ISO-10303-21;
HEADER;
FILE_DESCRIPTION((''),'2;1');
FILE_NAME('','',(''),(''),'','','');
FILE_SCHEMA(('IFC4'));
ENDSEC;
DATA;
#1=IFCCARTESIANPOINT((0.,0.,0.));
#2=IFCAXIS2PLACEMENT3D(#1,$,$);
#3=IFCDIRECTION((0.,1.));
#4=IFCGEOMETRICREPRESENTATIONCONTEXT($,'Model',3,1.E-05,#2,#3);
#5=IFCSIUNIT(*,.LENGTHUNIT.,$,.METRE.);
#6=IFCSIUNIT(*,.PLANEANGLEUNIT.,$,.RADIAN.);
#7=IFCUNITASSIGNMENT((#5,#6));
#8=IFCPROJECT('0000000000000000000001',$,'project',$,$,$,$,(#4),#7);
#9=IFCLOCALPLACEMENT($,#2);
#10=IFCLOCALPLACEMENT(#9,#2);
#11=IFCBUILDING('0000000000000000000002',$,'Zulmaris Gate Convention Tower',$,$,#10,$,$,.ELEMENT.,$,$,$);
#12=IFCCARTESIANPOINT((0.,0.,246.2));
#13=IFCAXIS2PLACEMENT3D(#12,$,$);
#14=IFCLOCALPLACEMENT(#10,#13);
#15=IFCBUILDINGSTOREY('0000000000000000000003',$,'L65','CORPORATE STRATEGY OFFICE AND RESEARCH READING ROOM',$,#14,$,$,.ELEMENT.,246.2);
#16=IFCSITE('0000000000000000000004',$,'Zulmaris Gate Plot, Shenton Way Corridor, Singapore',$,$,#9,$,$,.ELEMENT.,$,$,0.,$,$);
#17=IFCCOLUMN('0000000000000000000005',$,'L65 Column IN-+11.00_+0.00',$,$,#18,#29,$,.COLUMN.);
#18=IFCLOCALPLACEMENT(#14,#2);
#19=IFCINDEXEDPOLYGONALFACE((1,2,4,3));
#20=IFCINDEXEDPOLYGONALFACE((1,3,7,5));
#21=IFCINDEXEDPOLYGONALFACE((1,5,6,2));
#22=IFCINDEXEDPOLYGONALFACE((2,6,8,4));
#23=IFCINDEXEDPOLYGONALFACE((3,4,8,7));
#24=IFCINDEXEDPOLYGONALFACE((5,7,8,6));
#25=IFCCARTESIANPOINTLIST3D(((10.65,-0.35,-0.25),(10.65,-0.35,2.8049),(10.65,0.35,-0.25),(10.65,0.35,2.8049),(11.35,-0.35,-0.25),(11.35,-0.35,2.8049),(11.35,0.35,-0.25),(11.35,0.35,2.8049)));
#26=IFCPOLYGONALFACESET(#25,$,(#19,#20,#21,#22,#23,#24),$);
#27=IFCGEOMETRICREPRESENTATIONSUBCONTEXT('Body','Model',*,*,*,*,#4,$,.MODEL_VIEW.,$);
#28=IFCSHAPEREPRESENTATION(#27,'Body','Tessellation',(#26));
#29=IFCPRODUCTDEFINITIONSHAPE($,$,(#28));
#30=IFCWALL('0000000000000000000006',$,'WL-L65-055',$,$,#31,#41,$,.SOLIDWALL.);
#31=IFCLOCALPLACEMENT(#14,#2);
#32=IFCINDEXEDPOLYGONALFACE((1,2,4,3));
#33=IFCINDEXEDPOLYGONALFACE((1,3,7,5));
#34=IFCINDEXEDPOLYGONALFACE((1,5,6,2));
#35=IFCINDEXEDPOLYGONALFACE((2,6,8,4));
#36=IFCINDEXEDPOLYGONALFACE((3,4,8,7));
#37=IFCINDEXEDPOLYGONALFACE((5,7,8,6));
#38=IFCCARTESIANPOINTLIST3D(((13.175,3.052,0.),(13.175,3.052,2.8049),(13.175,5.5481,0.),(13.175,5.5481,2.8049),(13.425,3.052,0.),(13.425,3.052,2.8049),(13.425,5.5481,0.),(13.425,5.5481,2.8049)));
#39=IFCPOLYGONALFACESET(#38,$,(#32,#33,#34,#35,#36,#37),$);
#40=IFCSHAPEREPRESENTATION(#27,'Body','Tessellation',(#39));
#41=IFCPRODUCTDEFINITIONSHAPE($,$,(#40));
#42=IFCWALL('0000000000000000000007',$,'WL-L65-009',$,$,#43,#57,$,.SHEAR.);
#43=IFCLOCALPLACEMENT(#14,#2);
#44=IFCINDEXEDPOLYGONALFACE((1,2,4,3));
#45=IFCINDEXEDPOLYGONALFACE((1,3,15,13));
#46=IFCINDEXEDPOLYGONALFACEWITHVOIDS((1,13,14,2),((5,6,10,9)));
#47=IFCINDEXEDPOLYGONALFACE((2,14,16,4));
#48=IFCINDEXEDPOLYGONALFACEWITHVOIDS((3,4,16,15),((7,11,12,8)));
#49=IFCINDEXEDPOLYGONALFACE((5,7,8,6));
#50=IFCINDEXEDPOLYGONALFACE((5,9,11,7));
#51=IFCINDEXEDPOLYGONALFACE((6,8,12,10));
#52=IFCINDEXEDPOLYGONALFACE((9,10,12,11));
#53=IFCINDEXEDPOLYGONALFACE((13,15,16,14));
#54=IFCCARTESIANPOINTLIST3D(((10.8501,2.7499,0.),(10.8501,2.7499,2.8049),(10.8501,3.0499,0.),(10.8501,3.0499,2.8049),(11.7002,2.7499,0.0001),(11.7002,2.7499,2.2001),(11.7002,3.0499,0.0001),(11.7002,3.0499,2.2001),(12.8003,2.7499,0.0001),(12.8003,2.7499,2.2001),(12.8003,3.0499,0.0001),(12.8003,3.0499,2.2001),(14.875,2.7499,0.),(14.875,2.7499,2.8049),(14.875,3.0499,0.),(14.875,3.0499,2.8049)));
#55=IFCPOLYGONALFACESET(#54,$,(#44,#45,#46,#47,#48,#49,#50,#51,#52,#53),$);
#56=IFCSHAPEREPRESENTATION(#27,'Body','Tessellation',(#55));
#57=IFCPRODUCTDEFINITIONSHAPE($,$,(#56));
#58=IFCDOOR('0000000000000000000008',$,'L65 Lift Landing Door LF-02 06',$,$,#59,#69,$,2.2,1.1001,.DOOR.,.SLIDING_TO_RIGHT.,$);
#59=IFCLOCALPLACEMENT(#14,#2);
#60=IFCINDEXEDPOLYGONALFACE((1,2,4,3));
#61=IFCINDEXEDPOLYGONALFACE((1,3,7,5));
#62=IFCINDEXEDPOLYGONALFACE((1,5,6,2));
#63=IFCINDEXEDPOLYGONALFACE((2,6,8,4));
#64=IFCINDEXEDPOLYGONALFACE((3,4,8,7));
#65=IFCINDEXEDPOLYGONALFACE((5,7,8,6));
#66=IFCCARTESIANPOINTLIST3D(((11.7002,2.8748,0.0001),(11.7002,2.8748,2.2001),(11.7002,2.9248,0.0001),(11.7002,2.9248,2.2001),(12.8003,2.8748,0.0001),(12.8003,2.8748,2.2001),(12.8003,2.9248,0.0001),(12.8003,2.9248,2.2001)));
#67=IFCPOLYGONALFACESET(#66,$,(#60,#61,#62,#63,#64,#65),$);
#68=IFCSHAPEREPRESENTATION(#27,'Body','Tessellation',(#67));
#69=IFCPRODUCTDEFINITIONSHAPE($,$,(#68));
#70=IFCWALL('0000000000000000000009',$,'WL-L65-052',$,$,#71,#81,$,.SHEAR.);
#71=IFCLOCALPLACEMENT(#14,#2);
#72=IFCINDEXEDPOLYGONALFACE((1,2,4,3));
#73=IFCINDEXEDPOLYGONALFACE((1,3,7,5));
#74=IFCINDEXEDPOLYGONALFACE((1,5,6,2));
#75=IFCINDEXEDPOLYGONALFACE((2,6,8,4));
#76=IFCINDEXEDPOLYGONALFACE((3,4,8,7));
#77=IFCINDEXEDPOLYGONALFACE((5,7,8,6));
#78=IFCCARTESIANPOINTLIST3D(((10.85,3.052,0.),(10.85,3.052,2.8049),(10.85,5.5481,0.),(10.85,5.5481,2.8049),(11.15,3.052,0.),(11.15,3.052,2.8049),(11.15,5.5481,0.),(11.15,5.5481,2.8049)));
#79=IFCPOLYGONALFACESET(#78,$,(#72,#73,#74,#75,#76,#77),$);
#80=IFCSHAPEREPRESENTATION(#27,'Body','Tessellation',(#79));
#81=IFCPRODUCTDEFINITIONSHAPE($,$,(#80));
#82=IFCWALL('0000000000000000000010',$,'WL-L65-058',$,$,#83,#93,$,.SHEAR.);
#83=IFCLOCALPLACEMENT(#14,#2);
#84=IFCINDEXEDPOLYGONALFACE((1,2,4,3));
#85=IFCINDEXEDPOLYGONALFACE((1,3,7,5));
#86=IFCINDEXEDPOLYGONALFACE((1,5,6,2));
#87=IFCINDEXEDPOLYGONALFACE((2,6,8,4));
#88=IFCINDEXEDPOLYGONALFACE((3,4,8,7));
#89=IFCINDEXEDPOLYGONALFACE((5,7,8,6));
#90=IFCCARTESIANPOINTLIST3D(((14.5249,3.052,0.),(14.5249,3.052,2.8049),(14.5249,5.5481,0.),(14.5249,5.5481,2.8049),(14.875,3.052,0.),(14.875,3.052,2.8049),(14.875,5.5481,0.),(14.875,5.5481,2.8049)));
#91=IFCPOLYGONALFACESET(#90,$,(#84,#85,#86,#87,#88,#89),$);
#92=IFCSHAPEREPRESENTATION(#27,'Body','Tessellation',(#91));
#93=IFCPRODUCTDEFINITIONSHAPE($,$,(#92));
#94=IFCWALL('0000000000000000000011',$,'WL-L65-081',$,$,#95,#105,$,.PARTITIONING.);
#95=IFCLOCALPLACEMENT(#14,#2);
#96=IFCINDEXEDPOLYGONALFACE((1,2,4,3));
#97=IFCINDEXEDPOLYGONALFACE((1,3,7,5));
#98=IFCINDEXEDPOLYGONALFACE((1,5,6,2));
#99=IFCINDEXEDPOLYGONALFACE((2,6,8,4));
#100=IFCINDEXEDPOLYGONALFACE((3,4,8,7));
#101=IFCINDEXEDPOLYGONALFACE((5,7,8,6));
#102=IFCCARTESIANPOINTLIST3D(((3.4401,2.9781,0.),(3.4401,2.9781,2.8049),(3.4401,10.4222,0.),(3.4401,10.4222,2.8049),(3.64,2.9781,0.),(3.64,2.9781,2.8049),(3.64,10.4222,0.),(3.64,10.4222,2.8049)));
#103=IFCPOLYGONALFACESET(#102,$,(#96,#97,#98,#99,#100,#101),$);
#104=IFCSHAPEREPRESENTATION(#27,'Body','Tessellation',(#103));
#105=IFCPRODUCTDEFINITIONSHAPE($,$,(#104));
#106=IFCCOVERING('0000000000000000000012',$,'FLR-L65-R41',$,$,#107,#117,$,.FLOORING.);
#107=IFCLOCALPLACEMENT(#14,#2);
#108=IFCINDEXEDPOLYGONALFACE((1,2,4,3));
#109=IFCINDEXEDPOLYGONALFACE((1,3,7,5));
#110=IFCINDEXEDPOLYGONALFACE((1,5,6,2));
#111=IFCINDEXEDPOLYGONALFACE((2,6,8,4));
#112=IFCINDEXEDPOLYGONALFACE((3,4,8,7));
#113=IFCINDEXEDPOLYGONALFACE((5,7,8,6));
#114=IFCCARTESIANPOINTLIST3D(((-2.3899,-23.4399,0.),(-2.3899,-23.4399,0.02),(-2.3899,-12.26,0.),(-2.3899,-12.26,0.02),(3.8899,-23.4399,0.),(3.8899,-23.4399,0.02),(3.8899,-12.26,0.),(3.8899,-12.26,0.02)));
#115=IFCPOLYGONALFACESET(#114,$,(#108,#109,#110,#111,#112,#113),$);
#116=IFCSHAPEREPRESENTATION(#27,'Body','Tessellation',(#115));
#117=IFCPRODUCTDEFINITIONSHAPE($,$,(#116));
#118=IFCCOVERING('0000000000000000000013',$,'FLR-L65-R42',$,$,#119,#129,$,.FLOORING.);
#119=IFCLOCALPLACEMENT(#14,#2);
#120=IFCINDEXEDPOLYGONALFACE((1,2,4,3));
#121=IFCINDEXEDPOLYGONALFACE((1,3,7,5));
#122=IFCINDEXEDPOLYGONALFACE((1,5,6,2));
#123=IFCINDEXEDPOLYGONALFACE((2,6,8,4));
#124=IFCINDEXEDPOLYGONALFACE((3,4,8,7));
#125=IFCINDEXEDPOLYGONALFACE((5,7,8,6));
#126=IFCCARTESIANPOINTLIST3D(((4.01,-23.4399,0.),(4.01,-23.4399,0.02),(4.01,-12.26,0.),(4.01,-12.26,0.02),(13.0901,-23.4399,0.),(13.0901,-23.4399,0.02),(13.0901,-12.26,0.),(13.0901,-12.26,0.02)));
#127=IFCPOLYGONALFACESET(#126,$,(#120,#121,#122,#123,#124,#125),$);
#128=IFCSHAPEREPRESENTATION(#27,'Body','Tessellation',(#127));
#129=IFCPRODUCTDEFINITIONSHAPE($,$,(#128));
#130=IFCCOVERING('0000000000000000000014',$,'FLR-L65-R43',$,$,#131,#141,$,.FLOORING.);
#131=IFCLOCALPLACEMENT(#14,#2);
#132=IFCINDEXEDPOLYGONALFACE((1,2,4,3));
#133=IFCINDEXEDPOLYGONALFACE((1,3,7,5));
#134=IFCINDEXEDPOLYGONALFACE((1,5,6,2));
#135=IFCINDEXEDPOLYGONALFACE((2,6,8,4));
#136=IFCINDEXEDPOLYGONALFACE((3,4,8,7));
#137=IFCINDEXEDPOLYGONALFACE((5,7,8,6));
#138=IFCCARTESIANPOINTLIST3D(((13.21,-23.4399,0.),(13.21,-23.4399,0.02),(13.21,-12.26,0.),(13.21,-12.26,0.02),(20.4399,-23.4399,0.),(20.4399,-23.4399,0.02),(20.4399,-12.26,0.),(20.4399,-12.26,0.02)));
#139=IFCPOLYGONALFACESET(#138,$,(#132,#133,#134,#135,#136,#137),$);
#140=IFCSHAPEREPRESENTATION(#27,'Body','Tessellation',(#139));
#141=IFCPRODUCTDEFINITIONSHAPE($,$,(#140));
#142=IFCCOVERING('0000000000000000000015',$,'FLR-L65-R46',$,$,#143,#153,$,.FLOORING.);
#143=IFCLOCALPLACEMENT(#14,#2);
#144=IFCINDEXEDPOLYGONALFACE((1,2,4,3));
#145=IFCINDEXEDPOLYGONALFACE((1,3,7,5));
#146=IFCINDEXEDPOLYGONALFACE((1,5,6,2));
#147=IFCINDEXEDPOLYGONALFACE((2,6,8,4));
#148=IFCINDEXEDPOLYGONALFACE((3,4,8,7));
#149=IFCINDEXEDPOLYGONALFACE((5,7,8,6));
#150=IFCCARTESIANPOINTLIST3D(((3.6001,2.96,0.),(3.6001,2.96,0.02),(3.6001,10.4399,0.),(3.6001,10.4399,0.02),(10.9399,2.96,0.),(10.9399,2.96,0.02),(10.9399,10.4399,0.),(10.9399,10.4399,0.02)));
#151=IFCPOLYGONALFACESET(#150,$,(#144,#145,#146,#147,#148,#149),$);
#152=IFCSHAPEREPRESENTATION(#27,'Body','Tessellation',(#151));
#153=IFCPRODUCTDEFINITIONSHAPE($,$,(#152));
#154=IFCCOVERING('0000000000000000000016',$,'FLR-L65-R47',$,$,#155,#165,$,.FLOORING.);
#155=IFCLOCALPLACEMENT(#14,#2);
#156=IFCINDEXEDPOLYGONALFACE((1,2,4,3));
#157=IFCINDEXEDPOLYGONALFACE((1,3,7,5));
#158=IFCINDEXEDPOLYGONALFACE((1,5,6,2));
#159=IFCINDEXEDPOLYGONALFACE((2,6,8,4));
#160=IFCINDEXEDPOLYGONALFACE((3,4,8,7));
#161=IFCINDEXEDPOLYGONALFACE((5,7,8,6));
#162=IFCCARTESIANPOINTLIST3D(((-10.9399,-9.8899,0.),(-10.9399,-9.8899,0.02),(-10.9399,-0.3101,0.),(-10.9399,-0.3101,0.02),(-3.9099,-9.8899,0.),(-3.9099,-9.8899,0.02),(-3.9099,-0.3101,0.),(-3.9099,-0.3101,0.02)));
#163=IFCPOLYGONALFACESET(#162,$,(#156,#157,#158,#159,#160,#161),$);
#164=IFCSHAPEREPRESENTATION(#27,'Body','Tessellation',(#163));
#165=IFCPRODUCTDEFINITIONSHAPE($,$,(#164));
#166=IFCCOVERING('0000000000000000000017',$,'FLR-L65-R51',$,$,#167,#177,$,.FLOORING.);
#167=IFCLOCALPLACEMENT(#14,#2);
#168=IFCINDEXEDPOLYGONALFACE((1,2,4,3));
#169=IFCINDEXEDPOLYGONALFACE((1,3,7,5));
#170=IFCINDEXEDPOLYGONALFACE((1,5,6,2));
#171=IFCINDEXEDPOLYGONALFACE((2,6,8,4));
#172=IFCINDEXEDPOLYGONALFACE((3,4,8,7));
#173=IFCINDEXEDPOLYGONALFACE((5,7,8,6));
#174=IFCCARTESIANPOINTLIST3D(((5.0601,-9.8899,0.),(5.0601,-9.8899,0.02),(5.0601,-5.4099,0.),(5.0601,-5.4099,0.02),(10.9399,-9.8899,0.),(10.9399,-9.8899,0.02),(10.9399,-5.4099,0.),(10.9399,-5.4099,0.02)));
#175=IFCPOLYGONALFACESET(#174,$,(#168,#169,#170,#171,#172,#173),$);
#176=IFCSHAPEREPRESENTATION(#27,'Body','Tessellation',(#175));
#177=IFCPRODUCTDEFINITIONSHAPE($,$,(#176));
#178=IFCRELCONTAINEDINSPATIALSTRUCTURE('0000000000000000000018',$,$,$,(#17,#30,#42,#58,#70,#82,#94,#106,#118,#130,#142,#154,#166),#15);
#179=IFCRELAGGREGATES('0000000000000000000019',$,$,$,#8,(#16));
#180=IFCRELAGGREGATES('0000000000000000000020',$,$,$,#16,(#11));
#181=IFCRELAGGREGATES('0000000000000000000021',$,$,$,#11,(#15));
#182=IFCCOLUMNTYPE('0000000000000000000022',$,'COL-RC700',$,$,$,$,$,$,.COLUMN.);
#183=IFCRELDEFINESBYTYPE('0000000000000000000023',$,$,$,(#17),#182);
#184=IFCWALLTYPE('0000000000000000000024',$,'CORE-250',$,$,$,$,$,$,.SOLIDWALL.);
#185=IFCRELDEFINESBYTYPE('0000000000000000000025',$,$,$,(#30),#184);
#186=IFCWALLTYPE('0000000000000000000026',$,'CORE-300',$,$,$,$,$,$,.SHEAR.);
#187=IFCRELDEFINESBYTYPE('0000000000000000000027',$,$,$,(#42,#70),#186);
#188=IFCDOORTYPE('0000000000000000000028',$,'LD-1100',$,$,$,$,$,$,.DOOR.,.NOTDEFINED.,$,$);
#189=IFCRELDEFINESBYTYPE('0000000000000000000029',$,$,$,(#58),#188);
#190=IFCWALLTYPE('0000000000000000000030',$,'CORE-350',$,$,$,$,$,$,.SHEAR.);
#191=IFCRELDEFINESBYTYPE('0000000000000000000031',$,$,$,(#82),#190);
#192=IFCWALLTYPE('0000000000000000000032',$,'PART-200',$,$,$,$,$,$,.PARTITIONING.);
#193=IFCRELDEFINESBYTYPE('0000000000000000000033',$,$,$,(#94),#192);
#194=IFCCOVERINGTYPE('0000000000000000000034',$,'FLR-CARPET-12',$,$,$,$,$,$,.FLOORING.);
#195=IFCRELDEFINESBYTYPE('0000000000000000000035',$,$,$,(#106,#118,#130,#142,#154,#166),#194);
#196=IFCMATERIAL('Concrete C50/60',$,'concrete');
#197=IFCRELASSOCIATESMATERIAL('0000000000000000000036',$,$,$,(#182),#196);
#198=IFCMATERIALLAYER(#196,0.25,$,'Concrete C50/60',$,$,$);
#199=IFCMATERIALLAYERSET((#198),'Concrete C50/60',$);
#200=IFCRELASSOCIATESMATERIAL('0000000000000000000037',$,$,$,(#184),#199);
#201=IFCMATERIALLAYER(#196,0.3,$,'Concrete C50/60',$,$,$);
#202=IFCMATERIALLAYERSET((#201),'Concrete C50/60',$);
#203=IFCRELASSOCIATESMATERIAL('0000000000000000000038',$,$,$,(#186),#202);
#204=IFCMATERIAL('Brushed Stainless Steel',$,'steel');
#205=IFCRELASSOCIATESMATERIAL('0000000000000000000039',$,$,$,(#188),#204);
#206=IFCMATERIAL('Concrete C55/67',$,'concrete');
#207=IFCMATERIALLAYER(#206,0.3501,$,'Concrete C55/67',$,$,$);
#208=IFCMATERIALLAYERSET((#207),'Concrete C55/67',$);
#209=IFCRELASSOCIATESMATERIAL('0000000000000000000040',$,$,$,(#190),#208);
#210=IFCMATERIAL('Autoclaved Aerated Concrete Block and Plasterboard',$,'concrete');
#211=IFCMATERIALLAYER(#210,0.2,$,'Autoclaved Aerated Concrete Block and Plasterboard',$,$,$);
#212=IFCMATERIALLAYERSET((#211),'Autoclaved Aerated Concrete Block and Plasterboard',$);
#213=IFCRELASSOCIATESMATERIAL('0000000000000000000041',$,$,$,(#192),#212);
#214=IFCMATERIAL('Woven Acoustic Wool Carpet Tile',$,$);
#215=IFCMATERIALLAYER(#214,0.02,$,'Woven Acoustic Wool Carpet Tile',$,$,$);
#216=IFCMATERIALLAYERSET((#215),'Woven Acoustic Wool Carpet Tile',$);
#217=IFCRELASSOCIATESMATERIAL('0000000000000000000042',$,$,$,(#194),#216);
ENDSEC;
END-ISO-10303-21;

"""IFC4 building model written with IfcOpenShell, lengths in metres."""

from ifc_helpers import new_model, si_unit, direction, frame, frame_2d, origin, origin_2d, place, context, subcontext, project, spatial, polyline, rectangle, outline, extrude, material, layer, layer_set, material_profile, profile_set, type_object, element, fill, save


model = new_model("IFC4")

# Units and contexts
model_context = context("Model", 3, precision=1e-05, world=origin(), true_north=direction((0.0, 1.0)))
body_context = subcontext(model_context, "Body", "Model", "MODEL_VIEW")
ifc_project = project(units=[si_unit("LENGTHUNIT", "METRE"), si_unit("PLANEANGLEUNIT", "RADIAN")], contexts=[model_context])

# Site, building, storey
site_placement = place(None, origin())
site = spatial("IfcSite", under=ifc_project, at=site_placement, Name="Zulmaris Gate Plot, Shenton Way Corridor, Singapore", CompositionType="ELEMENT", RefElevation=0.0)
building_placement = place(site_placement, origin())
building = spatial("IfcBuilding", under=site, at=building_placement, Name="Zulmaris Gate Convention Tower", CompositionType="ELEMENT")
storey_placement = place(building_placement, frame((0.0, 0.0, 246.2)))
storey = spatial("IfcBuildingStorey", under=building, at=storey_placement, Name="L65", Description="CORPORATE STRATEGY OFFICE AND RESEARCH READING ROOM", CompositionType="ELEMENT", Elevation=246.2)

# Column
ifc_material_1 = material(Name="Concrete C50/60", Category="concrete")
ifc_material_profile = material_profile(ifc_material_1, rectangle(XDim=0.7, YDim=0.7, at=origin_2d()), Name="RC COL 700x700")
ifc_profile_set = profile_set([ifc_material_profile], Name="Concrete C50/60")
column_type = type_object("IfcColumnType", Name="COL-RC700", PredefinedType="COLUMN", material=ifc_profile_set)
column_placement = place(storey_placement, frame((11.0, 0.0, -0.25), z_axis=(0.0, 0.0, 1.0), x_axis=(1.0, 0.0, 0.0)))
element("IfcColumn", 1, at=column_placement, inside=storey, type_object=column_type, Name="L65 Column IN-+11.00_+0.00", PredefinedType="COLUMN", context=body_context, shape_type="SweptSolid", body=[
    extrude(rectangle(XDim=0.7, YDim=0.7, at=origin_2d()), origin(), (0.0, 0.0, 1.0), 3.0549),
])

# Wall
ifc_layer_1 = layer(ifc_material_1, 0.25, Name="Concrete C50/60")
ifc_layer_set_1 = layer_set([ifc_layer_1], Name="Concrete C50/60")
wall_type_1 = type_object("IfcWallType", Name="CORE-250", PredefinedType="SOLIDWALL", material=ifc_layer_set_1)
wall_1_placement = place(storey_placement, frame((13.3, 3.052, 0.0), z_axis=(0.0, 0.0, 1.0), x_axis=(0.0, 1.0, 0.0)))
element("IfcWall", 2, at=wall_1_placement, inside=storey, type_object=wall_type_1, Name="WL-L65-055", PredefinedType="SOLIDWALL", context=body_context, shape_type="SweptSolid", body=[
    extrude(rectangle(XDim=2.4961, YDim=0.25, at=frame_2d((1.248, 0.0))), origin(), (0.0, 0.0, 1.0), 2.8049),
])

# Wall, opening, door
ifc_layer_2 = layer(ifc_material_1, 0.3, Name="Concrete C50/60")
ifc_layer_set_2 = layer_set([ifc_layer_2], Name="Concrete C50/60")
wall_type_2 = type_object("IfcWallType", Name="CORE-300", PredefinedType="SHEAR", material=ifc_layer_set_2)
wall_2_placement = place(storey_placement, frame((10.8501, 2.8999, 0.0), z_axis=(0.0, 0.0, 1.0), x_axis=(1.0, 0.0, 0.0)))
wall_2 = element("IfcWall", 3, at=wall_2_placement, inside=storey, type_object=wall_type_2, Name="WL-L65-009", PredefinedType="SHEAR", context=body_context, shape_type="SweptSolid", body=[
    extrude(rectangle(XDim=4.0249, YDim=0.3, at=frame_2d((2.0125, 0.0))), origin(), (0.0, 0.0, 1.0), 2.8049),
])
opening_1_placement = place(wall_2_placement, frame((0.8501, 0.0, 0.0)))
opening_1 = element("IfcOpeningElement", 4, at=opening_1_placement, cuts=wall_2, PredefinedType="OPENING", context=body_context, shape_type="SweptSolid", body=[
    extrude(rectangle(XDim=1.1001, YDim=2.2, at=frame_2d((0.55, 1.1001))), frame((0.0, 0.1602, 0.0), z_axis=(0.0, -1.0, 0.0), x_axis=(1.0, 0.0, 0.0)), (0.0, 0.0, 1.0), 0.3201),
])
ifc_material_2 = material(Name="Brushed Stainless Steel", Category="steel")
door_type_1 = type_object("IfcDoorType", Name="LD-1100", OperationType="NOTDEFINED", PredefinedType="DOOR", material=ifc_material_2)
door_1_placement = place(opening_1_placement, origin())
door_1 = element("IfcDoor", 5, at=door_1_placement, inside=storey, type_object=door_type_1, Name="L65 Lift Landing Door LF-02 06", OperationType="SLIDING_TO_RIGHT", OverallHeight=2.2, OverallWidth=1.1001, PredefinedType="DOOR", context=body_context, shape_type="SweptSolid", body=[
    extrude(rectangle(XDim=1.1001, YDim=2.2, at=frame_2d((0.55, 1.1001))), frame((0.0, 0.0249, 0.0), z_axis=(0.0, -1.0, 0.0), x_axis=(1.0, 0.0, 0.0)), (0.0, 0.0, 1.0), 0.05),
])
fill(opening_1, door_1)

# Walls
wall_3_placement = place(storey_placement, frame((11.0, 3.052, 0.0), z_axis=(0.0, 0.0, 1.0), x_axis=(0.0, 1.0, 0.0)))
element("IfcWall", 6, at=wall_3_placement, inside=storey, type_object=wall_type_2, Name="WL-L65-052", PredefinedType="SHEAR", context=body_context, shape_type="SweptSolid", body=[
    extrude(rectangle(XDim=2.4961, YDim=0.3, at=frame_2d((1.248, 0.0))), origin(), (0.0, 0.0, 1.0), 2.8049),
])
ifc_material_3 = material(Name="Concrete C55/67", Category="concrete")
ifc_layer_3 = layer(ifc_material_3, 0.3501, Name="Concrete C55/67")
ifc_layer_set_3 = layer_set([ifc_layer_3], Name="Concrete C55/67")
wall_type_3 = type_object("IfcWallType", Name="CORE-350", PredefinedType="SHEAR", material=ifc_layer_set_3)
wall_4_placement = place(storey_placement, frame((14.7, 3.052, 0.0), z_axis=(0.0, 0.0, 1.0), x_axis=(0.0, 1.0, 0.0)))
element("IfcWall", 7, at=wall_4_placement, inside=storey, type_object=wall_type_3, Name="WL-L65-058", PredefinedType="SHEAR", context=body_context, shape_type="SweptSolid", body=[
    extrude(rectangle(XDim=2.4961, YDim=0.3501, at=frame_2d((1.248, 0.0))), origin(), (0.0, 0.0, 1.0), 2.8049),
])
ifc_material_4 = material(Name="Autoclaved Aerated Concrete Block and Plasterboard", Category="concrete")
ifc_layer_4 = layer(ifc_material_4, 0.2, Name="Autoclaved Aerated Concrete Block and Plasterboard")
ifc_layer_set_4 = layer_set([ifc_layer_4], Name="Autoclaved Aerated Concrete Block and Plasterboard")
wall_type_4 = type_object("IfcWallType", Name="PART-200", PredefinedType="PARTITIONING", material=ifc_layer_set_4)
wall_5_placement = place(storey_placement, frame((3.54, 2.978, 0.0), z_axis=(0.0, 0.0, 1.0), x_axis=(0.0, 1.0, 0.0)))
element("IfcWall", 8, at=wall_5_placement, inside=storey, type_object=wall_type_4, Name="WL-L65-081", PredefinedType="PARTITIONING", context=body_context, shape_type="SweptSolid", body=[
    extrude(rectangle(XDim=7.4441, YDim=0.2, at=frame_2d((3.7222, 0.0))), origin(), (0.0, 0.0, 1.0), 2.8049),
])

# Coverings
ifc_material_5 = material(Name="Woven Acoustic Wool Carpet Tile")
ifc_layer_5 = layer(ifc_material_5, 0.02, Name="Woven Acoustic Wool Carpet Tile")
ifc_layer_set_5 = layer_set([ifc_layer_5], Name="Woven Acoustic Wool Carpet Tile")
covering_type_1 = type_object("IfcCoveringType", Name="FLR-CARPET-12", PredefinedType="FLOORING", material=ifc_layer_set_5)
covering_1_placement = place(storey_placement, origin())
element("IfcCovering", 9, at=covering_1_placement, inside=storey, type_object=covering_type_1, Name="FLR-L65-R41", PredefinedType="FLOORING", context=body_context, shape_type="SweptSolid", body=[
    extrude(outline(polyline([(-2.3899, -23.4399), (3.8899, -23.4399), (3.8899, -12.26), (-2.3899, -12.26), (-2.3899, -23.4399)])), origin(), (0.0, 0.0, 1.0), 0.02),
])
covering_2_placement = place(storey_placement, origin())
element("IfcCovering", 10, at=covering_2_placement, inside=storey, type_object=covering_type_1, Name="FLR-L65-R42", PredefinedType="FLOORING", context=body_context, shape_type="SweptSolid", body=[
    extrude(outline(polyline([(4.01, -23.4399), (13.0901, -23.4399), (13.0901, -12.26), (4.01, -12.26), (4.01, -23.4399)])), origin(), (0.0, 0.0, 1.0), 0.02),
])
covering_3_placement = place(storey_placement, origin())
element("IfcCovering", 11, at=covering_3_placement, inside=storey, type_object=covering_type_1, Name="FLR-L65-R43", PredefinedType="FLOORING", context=body_context, shape_type="SweptSolid", body=[
    extrude(outline(polyline([(13.21, -23.4399), (20.4399, -23.4399), (20.4399, -12.26), (13.21, -12.26), (13.21, -23.4399)])), origin(), (0.0, 0.0, 1.0), 0.02),
])
covering_4_placement = place(storey_placement, origin())
element("IfcCovering", 12, at=covering_4_placement, inside=storey, type_object=covering_type_1, Name="FLR-L65-R46", PredefinedType="FLOORING", context=body_context, shape_type="SweptSolid", body=[
    extrude(outline(polyline([(3.6001, 2.96), (10.9399, 2.96), (10.9399, 10.4399), (3.6001, 10.4399), (3.6001, 2.96)])), origin(), (0.0, 0.0, 1.0), 0.02),
])
covering_5_placement = place(storey_placement, origin())
element("IfcCovering", 13, at=covering_5_placement, inside=storey, type_object=covering_type_1, Name="FLR-L65-R47", PredefinedType="FLOORING", context=body_context, shape_type="SweptSolid", body=[
    extrude(outline(polyline([(-10.9399, -9.8899), (-3.9099, -9.8899), (-3.9099, -0.3101), (-10.9399, -0.3101), (-10.9399, -9.8899)])), origin(), (0.0, 0.0, 1.0), 0.02),
])
covering_6_placement = place(storey_placement, origin())
element("IfcCovering", 14, at=covering_6_placement, inside=storey, type_object=covering_type_1, Name="FLR-L65-R51", PredefinedType="FLOORING", context=body_context, shape_type="SweptSolid", body=[
    extrude(outline(polyline([(5.0601, -9.8899), (10.9399, -9.8899), (10.9399, -5.4099), (5.0601, -5.4099), (5.0601, -9.8899)])), origin(), (0.0, 0.0, 1.0), 0.02),
])

save(model, "model.ifc")
